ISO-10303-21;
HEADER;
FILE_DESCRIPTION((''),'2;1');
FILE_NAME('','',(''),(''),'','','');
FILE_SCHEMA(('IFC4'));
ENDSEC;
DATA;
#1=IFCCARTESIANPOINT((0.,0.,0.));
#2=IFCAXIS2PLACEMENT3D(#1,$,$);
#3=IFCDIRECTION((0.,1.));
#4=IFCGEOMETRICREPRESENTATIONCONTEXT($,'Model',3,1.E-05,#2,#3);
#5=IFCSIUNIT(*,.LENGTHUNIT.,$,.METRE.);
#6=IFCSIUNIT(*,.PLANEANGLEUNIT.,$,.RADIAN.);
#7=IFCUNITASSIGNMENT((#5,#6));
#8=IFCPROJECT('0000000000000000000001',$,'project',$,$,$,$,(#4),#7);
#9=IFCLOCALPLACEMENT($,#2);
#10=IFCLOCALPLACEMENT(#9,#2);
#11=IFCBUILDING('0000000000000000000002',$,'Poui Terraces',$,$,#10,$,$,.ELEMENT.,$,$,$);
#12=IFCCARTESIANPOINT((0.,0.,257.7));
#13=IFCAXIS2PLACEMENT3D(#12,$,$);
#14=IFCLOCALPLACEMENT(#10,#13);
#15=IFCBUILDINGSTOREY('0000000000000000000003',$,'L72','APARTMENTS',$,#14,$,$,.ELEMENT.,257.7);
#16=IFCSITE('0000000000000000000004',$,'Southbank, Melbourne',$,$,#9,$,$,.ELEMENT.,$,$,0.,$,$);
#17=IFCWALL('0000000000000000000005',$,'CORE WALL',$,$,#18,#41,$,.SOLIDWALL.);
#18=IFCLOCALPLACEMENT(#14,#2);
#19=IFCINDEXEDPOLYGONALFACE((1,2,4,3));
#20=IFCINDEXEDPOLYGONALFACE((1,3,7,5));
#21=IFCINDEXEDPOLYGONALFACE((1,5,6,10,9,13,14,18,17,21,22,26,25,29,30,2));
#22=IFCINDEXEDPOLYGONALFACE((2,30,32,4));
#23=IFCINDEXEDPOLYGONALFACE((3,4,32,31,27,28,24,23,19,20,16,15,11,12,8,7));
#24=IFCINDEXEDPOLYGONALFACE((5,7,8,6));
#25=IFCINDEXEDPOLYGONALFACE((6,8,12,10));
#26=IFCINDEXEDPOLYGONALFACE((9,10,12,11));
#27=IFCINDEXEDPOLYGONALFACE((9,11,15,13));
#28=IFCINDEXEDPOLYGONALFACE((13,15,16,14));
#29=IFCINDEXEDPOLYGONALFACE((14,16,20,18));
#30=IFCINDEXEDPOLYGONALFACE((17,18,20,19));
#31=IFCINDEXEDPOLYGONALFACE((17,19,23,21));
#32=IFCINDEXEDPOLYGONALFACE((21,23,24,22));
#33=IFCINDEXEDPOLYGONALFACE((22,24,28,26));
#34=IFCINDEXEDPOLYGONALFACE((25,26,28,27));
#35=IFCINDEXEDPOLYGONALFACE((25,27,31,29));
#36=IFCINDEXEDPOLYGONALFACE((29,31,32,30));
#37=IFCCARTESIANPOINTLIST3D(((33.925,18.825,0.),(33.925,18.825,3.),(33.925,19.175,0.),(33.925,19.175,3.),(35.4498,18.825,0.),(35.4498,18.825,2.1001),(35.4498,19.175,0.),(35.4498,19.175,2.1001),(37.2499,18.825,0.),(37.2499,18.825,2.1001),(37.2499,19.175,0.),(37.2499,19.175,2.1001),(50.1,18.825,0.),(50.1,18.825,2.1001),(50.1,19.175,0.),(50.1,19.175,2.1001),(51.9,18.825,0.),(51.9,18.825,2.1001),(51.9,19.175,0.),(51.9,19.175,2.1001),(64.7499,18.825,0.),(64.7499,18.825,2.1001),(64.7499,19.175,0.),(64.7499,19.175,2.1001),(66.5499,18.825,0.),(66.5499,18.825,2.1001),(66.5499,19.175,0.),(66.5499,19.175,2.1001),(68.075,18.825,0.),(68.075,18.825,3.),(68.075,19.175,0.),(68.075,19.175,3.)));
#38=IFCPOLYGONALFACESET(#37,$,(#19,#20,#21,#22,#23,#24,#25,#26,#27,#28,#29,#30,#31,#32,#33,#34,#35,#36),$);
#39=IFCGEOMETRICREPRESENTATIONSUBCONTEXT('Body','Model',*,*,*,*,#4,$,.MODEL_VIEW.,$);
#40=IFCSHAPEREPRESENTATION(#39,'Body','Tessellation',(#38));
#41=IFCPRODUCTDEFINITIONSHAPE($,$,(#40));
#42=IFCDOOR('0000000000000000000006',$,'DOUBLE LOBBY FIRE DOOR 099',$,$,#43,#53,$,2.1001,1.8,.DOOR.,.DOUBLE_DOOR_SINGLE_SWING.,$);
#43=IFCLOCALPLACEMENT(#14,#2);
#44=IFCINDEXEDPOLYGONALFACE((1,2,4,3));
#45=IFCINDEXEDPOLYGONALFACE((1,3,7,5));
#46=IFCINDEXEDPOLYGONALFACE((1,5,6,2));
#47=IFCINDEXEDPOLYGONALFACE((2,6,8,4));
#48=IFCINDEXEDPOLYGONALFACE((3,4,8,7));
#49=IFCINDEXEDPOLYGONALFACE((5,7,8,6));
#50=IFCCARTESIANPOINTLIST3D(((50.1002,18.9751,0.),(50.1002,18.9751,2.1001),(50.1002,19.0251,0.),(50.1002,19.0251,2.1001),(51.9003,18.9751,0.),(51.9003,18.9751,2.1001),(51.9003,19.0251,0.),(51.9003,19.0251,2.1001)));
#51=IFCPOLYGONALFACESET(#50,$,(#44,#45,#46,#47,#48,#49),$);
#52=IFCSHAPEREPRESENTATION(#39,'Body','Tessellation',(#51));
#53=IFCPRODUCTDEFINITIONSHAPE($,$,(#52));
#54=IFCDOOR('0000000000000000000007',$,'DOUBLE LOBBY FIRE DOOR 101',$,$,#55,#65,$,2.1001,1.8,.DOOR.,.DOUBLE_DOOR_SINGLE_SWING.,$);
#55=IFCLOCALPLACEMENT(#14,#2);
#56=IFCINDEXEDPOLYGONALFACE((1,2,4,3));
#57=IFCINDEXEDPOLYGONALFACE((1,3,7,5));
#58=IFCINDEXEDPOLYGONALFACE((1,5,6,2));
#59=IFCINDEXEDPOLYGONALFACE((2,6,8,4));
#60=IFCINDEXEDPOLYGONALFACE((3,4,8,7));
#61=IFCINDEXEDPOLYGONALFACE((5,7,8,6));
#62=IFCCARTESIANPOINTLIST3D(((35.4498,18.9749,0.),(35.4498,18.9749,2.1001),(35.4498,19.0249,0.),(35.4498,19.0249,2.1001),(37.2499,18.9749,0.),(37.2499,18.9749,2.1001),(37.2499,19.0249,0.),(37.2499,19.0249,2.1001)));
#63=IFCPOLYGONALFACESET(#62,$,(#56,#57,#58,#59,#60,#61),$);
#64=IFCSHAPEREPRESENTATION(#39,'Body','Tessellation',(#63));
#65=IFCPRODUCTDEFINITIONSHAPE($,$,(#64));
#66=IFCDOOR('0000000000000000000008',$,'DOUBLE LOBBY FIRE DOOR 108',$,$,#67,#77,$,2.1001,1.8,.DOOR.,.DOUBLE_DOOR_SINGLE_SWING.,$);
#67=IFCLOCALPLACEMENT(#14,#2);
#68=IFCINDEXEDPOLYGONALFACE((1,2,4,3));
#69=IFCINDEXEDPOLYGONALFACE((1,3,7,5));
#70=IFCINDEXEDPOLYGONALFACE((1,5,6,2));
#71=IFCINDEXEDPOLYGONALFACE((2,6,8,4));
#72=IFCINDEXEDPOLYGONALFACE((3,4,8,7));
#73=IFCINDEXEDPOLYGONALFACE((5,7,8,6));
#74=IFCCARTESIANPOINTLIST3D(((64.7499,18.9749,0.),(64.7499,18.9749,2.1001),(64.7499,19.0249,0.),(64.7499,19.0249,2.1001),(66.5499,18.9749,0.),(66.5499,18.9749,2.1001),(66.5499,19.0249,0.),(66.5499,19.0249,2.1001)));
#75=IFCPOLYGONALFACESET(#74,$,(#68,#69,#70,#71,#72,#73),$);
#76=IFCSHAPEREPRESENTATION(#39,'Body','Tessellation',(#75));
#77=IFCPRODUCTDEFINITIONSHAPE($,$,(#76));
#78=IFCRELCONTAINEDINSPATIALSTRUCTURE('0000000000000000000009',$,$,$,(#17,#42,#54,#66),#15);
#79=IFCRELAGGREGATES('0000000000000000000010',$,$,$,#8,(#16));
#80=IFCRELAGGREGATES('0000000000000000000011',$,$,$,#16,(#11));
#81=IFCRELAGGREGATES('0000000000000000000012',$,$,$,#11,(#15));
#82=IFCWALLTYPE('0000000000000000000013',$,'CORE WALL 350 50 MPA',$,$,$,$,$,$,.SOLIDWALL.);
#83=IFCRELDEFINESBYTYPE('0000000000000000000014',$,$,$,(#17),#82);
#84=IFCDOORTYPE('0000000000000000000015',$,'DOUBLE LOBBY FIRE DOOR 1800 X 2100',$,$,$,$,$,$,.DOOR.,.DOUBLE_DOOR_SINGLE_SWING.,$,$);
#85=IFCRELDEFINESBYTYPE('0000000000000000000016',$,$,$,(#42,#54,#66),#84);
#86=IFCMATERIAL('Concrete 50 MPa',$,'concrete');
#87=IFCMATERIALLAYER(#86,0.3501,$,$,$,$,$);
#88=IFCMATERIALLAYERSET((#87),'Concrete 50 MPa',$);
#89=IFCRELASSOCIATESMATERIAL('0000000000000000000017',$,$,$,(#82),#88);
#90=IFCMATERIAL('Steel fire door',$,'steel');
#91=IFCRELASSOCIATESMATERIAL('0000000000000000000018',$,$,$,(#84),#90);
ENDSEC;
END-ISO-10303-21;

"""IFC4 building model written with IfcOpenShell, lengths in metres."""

from ifc_helpers import new_model, si_unit, direction, frame, frame_2d, origin, place, context, subcontext, project, spatial, rectangle, extrude, material, layer, layer_set, type_object, element, fill, save


model = new_model("IFC4")

# Units and contexts
model_context = context("Model", 3, precision=1e-05, world=origin(), true_north=direction((0.0, 1.0)))
body_context = subcontext(model_context, "Body", "Model", "MODEL_VIEW")
ifc_project = project(units=[si_unit("LENGTHUNIT", "METRE"), si_unit("PLANEANGLEUNIT", "RADIAN")], contexts=[model_context])

# Site, building, storey
site_placement = place(None, origin())
site = spatial("IfcSite", under=ifc_project, at=site_placement, Name="Southbank, Melbourne", CompositionType="ELEMENT", RefElevation=0.0)
building_placement = place(site_placement, origin())
building = spatial("IfcBuilding", under=site, at=building_placement, Name="Poui Terraces", CompositionType="ELEMENT")
storey_placement = place(building_placement, frame((0.0, 0.0, 257.7)))
storey = spatial("IfcBuildingStorey", under=building, at=storey_placement, Name="L72", Description="APARTMENTS", CompositionType="ELEMENT", Elevation=257.7)

# Wall, openings, doors
ifc_material_1 = material(Name="Concrete 50 MPa", Category="concrete")
ifc_layer_1 = layer(ifc_material_1, 0.3501)
ifc_layer_set_1 = layer_set([ifc_layer_1], Name="Concrete 50 MPa")
wall_type_1 = type_object("IfcWallType", Name="CORE WALL 350 50 MPA", PredefinedType="SOLIDWALL", material=ifc_layer_set_1)
wall_1_placement = place(storey_placement, frame((33.925, 19.0, 0.0), z_axis=(0.0, 0.0, 1.0), x_axis=(1.0, 0.0, 0.0)))
wall_1 = element("IfcWall", 1, at=wall_1_placement, inside=storey, type_object=wall_type_1, Name="CORE WALL", PredefinedType="SOLIDWALL", context=body_context, shape_type="SweptSolid", body=[
    extrude(rectangle(XDim=34.1499, YDim=0.3501, at=frame_2d((17.075, 0.0))), origin(), (0.0, 0.0, 1.0), 3.0),
])
opening_1_placement = place(wall_1_placement, frame((16.175, 0.0, 0.0)))
opening_1 = element("IfcOpeningElement", 2, at=opening_1_placement, cuts=wall_1, PredefinedType="OPENING", context=body_context, shape_type="SweptSolid", body=[
    extrude(rectangle(XDim=1.8, YDim=2.1001, at=frame_2d((0.8999, 1.05))), frame((0.0, 0.1851, 0.0), z_axis=(0.0, -1.0, 0.0), x_axis=(1.0, 0.0, 0.0)), (0.0, 0.0, 1.0), 0.3701),
])
opening_2_placement = place(wall_1_placement, frame((1.5249, 0.0, 0.0)))
opening_2 = element("IfcOpeningElement", 3, at=opening_2_placement, cuts=wall_1, PredefinedType="OPENING", context=body_context, shape_type="SweptSolid", body=[
    extrude(rectangle(XDim=1.8, YDim=2.1001, at=frame_2d((0.8999, 1.05))), frame((0.0, 0.1851, 0.0), z_axis=(0.0, -1.0, 0.0), x_axis=(1.0, 0.0, 0.0)), (0.0, 0.0, 1.0), 0.3701),
])
opening_3_placement = place(wall_1_placement, frame((30.825, 0.0, 0.0)))
opening_3 = element("IfcOpeningElement", 4, at=opening_3_placement, cuts=wall_1, PredefinedType="OPENING", context=body_context, shape_type="SweptSolid", body=[
    extrude(rectangle(XDim=1.8, YDim=2.1001, at=frame_2d((0.8999, 1.05))), frame((0.0, 0.1851, 0.0), z_axis=(0.0, -1.0, 0.0), x_axis=(1.0, 0.0, 0.0)), (0.0, 0.0, 1.0), 0.3701),
])
ifc_material_2 = material(Name="Steel fire door", Category="steel")
door_type_1 = type_object("IfcDoorType", Name="DOUBLE LOBBY FIRE DOOR 1800 X 2100", OperationType="DOUBLE_DOOR_SINGLE_SWING", PredefinedType="DOOR", material=ifc_material_2)
door_1_placement = place(opening_1_placement, frame((1.8, 0.0, 0.0), z_axis=(0.0, 0.0, 1.0), x_axis=(-1.0, 0.0, 0.0)))
door_1 = element("IfcDoor", 5, at=door_1_placement, inside=storey, type_object=door_type_1, Name="DOUBLE LOBBY FIRE DOOR 099", OperationType="DOUBLE_DOOR_SINGLE_SWING", OverallHeight=2.1001, OverallWidth=1.8, PredefinedType="DOOR", context=body_context, shape_type="SweptSolid", body=[
    extrude(rectangle(XDim=1.8, YDim=2.1001, at=frame_2d((0.8999, 1.05))), frame((0.0, 0.0249, 0.0), z_axis=(0.0, -1.0, 0.0), x_axis=(1.0, 0.0, 0.0)), (0.0, 0.0, 1.0), 0.05),
])
fill(opening_1, door_1)
door_2_placement = place(opening_2_placement, origin())
door_2 = element("IfcDoor", 6, at=door_2_placement, inside=storey, type_object=door_type_1, Name="DOUBLE LOBBY FIRE DOOR 101", OperationType="DOUBLE_DOOR_SINGLE_SWING", OverallHeight=2.1001, OverallWidth=1.8, PredefinedType="DOOR", context=body_context, shape_type="SweptSolid", body=[
    extrude(rectangle(XDim=1.8, YDim=2.1001, at=frame_2d((0.8999, 1.05))), frame((0.0, 0.0249, 0.0), z_axis=(0.0, -1.0, 0.0), x_axis=(1.0, 0.0, 0.0)), (0.0, 0.0, 1.0), 0.05),
])
fill(opening_2, door_2)
door_3_placement = place(opening_3_placement, origin())
door_3 = element("IfcDoor", 7, at=door_3_placement, inside=storey, type_object=door_type_1, Name="DOUBLE LOBBY FIRE DOOR 108", OperationType="DOUBLE_DOOR_SINGLE_SWING", OverallHeight=2.1001, OverallWidth=1.8, PredefinedType="DOOR", context=body_context, shape_type="SweptSolid", body=[
    extrude(rectangle(XDim=1.8, YDim=2.1001, at=frame_2d((0.8999, 1.05))), frame((0.0, 0.0249, 0.0), z_axis=(0.0, -1.0, 0.0), x_axis=(1.0, 0.0, 0.0)), (0.0, 0.0, 1.0), 0.05),
])
fill(opening_3, door_3)

save(model, "model.ifc")
